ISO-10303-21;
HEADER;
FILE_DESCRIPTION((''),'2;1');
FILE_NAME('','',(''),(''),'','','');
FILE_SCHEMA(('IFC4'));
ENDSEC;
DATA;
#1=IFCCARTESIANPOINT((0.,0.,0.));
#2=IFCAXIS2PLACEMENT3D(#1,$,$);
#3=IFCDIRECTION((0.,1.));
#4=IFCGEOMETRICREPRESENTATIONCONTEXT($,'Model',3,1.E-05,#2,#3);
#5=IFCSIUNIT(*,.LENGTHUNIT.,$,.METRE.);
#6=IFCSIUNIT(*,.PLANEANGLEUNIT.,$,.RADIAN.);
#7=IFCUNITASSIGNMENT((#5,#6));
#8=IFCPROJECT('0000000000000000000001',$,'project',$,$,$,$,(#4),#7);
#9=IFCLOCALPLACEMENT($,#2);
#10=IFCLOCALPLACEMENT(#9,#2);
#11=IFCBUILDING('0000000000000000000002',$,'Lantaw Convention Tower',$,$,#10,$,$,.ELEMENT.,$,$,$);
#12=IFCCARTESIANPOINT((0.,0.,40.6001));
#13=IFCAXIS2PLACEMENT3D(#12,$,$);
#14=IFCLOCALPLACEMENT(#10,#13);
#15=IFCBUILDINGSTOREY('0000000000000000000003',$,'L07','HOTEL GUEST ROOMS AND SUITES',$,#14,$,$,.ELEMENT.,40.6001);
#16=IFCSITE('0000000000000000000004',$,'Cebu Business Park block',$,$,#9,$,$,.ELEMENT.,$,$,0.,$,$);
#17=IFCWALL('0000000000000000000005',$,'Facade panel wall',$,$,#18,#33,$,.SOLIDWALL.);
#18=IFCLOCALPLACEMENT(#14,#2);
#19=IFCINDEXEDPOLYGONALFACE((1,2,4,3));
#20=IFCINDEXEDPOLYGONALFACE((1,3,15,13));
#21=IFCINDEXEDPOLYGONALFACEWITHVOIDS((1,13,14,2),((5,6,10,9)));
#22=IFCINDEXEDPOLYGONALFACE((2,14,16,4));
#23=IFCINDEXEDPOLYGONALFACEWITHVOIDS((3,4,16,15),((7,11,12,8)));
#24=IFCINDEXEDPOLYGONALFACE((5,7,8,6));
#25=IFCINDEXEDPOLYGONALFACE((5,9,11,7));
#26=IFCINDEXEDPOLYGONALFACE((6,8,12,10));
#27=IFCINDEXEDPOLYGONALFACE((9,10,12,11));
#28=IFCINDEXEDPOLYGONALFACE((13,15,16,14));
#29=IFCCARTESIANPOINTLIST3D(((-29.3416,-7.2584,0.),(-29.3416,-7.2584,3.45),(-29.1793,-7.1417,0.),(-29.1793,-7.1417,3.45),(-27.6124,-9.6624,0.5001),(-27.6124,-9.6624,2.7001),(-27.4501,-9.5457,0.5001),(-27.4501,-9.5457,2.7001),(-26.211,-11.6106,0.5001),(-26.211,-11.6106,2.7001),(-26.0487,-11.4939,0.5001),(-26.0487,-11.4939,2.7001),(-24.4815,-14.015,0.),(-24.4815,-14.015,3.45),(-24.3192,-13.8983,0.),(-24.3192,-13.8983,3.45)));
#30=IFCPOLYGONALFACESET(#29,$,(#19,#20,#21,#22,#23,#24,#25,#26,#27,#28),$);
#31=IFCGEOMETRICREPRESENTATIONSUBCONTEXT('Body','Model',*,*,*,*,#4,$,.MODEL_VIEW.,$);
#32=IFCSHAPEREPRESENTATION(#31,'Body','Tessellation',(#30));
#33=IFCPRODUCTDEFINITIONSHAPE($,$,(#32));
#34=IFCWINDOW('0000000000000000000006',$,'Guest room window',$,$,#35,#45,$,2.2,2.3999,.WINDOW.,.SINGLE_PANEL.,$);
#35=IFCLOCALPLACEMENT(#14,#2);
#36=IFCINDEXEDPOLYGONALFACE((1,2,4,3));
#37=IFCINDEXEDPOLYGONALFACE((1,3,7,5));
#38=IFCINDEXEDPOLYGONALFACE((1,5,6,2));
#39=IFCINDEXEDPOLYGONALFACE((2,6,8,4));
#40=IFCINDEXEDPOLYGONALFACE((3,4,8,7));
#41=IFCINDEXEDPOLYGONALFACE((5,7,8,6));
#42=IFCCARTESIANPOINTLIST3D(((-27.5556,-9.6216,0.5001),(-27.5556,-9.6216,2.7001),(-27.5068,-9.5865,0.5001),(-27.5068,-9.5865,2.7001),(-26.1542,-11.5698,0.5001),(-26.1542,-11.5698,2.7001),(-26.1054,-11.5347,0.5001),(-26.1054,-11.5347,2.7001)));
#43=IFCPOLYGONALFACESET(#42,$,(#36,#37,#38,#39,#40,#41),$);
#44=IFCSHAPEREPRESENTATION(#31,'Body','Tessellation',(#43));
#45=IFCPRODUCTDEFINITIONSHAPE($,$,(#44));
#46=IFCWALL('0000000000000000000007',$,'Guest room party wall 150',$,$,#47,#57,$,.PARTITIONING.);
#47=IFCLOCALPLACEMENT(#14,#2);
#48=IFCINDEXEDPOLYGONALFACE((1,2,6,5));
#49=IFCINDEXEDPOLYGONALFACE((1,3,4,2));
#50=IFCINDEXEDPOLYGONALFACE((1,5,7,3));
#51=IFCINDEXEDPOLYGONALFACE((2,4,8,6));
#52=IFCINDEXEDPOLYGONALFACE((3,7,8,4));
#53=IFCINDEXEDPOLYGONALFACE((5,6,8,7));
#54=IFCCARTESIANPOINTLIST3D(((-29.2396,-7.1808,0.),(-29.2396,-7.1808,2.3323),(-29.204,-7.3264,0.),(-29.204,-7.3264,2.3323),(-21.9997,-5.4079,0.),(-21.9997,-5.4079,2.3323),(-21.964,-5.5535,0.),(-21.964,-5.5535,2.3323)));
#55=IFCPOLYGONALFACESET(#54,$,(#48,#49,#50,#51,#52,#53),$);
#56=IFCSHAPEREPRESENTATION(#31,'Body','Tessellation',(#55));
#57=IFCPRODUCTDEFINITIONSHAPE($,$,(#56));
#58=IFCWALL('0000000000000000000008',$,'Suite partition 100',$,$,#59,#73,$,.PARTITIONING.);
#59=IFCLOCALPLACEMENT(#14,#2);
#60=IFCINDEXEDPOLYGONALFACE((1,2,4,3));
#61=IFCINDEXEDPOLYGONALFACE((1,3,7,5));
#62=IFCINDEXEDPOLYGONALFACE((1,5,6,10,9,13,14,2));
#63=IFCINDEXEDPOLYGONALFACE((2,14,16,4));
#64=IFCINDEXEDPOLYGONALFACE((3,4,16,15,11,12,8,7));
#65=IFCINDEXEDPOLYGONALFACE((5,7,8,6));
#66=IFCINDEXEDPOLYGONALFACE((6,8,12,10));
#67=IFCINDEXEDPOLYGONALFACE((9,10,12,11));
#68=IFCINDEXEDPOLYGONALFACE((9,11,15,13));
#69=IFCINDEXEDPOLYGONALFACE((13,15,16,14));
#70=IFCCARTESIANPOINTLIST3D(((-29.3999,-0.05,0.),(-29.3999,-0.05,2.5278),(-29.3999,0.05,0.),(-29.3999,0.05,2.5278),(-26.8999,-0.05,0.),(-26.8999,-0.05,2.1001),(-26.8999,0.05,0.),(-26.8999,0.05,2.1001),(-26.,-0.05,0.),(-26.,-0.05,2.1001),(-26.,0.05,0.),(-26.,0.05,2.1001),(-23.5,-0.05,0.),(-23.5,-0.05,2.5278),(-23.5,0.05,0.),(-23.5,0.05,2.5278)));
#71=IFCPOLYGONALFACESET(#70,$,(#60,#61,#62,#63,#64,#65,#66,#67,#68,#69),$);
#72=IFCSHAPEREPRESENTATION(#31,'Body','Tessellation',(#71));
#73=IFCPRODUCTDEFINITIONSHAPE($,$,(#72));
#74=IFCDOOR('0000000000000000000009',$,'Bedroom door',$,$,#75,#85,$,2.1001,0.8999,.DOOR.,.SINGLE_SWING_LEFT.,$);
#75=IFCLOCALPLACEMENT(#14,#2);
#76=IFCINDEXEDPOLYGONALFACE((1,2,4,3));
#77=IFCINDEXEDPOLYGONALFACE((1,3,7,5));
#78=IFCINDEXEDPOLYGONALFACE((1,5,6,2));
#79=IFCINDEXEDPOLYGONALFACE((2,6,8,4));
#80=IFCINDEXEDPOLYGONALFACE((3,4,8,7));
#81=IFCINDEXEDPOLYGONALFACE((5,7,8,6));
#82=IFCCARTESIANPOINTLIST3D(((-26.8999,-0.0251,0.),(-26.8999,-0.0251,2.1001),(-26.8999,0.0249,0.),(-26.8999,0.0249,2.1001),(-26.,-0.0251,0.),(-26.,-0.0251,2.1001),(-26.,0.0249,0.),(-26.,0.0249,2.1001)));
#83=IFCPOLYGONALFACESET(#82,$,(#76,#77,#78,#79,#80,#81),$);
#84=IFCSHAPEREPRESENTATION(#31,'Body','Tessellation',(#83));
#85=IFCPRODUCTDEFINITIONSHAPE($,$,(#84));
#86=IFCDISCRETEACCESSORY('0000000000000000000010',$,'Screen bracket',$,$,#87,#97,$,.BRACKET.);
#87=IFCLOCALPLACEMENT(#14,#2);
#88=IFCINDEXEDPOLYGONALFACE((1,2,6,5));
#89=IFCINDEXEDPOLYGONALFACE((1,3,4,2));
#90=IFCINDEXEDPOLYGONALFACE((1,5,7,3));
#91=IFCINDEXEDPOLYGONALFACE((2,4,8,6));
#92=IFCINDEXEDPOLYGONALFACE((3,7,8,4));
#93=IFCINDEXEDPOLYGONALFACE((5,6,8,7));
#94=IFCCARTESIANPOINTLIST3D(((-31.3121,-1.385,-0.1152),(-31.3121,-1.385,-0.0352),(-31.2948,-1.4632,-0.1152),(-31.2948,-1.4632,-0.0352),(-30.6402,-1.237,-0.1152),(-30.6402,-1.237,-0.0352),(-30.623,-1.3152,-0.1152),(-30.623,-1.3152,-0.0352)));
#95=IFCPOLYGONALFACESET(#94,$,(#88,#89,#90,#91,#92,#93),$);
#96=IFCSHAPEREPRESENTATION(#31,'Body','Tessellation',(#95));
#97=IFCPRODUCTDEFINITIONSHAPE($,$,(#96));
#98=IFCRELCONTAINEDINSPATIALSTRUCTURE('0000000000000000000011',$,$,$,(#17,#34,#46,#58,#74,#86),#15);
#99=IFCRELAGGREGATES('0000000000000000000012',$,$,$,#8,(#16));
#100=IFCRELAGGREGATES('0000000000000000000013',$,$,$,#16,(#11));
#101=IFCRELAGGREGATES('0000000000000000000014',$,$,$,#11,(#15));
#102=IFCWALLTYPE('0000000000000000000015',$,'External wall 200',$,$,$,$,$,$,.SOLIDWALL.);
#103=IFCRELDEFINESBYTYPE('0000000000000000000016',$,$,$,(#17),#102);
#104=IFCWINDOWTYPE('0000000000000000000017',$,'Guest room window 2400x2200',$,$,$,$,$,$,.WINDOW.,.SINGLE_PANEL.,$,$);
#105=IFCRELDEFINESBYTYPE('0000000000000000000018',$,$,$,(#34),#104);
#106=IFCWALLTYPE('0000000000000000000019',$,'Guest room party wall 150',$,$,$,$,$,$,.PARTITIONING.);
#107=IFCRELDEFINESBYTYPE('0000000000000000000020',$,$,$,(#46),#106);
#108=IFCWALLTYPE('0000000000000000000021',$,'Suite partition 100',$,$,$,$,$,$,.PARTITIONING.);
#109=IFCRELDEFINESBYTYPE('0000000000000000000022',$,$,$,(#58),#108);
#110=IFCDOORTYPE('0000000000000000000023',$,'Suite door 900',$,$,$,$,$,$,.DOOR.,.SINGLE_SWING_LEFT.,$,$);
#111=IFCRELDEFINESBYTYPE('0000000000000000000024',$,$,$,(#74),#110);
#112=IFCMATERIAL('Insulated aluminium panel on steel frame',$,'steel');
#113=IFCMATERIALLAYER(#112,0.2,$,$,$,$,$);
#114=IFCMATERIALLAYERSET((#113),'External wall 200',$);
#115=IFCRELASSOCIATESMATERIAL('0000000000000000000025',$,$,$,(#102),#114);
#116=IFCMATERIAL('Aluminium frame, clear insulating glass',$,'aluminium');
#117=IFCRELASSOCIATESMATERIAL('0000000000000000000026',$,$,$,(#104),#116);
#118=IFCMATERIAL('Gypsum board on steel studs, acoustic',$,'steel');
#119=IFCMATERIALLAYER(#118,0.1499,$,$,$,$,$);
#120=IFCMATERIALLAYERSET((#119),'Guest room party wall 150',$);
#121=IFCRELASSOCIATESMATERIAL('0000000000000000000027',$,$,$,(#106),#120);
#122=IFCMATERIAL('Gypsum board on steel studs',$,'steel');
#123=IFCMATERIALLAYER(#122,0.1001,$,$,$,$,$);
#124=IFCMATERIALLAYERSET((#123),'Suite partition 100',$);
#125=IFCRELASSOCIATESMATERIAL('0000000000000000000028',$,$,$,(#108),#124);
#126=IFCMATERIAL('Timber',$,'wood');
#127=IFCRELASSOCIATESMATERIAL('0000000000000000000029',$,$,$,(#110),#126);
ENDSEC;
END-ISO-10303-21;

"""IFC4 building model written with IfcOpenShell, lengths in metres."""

from ifc_helpers import new_model, si_unit, direction, frame, frame_2d, origin, origin_2d, place, context, subcontext, project, spatial, rectangle, extrude, material, layer, layer_set, type_object, element, fill, save


model = new_model("IFC4")

# Units and contexts
model_context = context("Model", 3, precision=1e-05, world=origin(), true_north=direction((0.0, 1.0)))
body_context = subcontext(model_context, "Body", "Model", "MODEL_VIEW")
ifc_project = project(units=[si_unit("LENGTHUNIT", "METRE"), si_unit("PLANEANGLEUNIT", "RADIAN")], contexts=[model_context])

# Site, building, storey
site_placement = place(None, origin())
site = spatial("IfcSite", under=ifc_project, at=site_placement, Name="Cebu Business Park block", CompositionType="ELEMENT", RefElevation=0.0)
building_placement = place(site_placement, origin())
building = spatial("IfcBuilding", under=site, at=building_placement, Name="Lantaw Convention Tower", CompositionType="ELEMENT")
storey_placement = place(building_placement, frame((0.0, 0.0, 40.6001)))
storey = spatial("IfcBuildingStorey", under=building, at=storey_placement, Name="L07", Description="HOTEL GUEST ROOMS AND SUITES", CompositionType="ELEMENT", Elevation=40.6001)

# Shared definitions
ifc_material_1 = material(Name="Timber", Category="wood")

# Wall, opening, window
ifc_material_2 = material(Name="Insulated aluminium panel on steel frame", Category="steel")
ifc_layer_1 = layer(ifc_material_2, 0.2)
ifc_layer_set_1 = layer_set([ifc_layer_1], Name="External wall 200")
wall_type_1 = type_object("IfcWallType", Name="External wall 200", PredefinedType="SOLIDWALL", material=ifc_layer_set_1)
wall_1_placement = place(storey_placement, frame((-29.2605, -7.2, 0.0), z_axis=(0.0, 0.0, 1.0), x_axis=(0.583938, -0.811799, 0.0)))
wall_1 = element("IfcWall", 1, at=wall_1_placement, inside=storey, type_object=wall_type_1, Name="Facade panel wall", PredefinedType="SOLIDWALL", context=body_context, shape_type="SweptSolid", body=[
    extrude(rectangle(XDim=8.323, YDim=0.2, at=frame_2d((4.1616, 0.0))), origin(), (0.0, 0.0, 1.0), 3.45),
])
opening_1_placement = place(wall_1_placement, frame((2.9614, 0.0, 0.5)))
opening_1 = element("IfcOpeningElement", 2, at=opening_1_placement, cuts=wall_1, PredefinedType="OPENING", context=body_context, shape_type="SweptSolid", body=[
    extrude(rectangle(XDim=2.3999, YDim=2.2, at=frame_2d((1.2, 1.1001))), frame((0.0, 0.1099, 0.0), z_axis=(0.0, -1.0, 0.0), x_axis=(1.0, 0.0, 0.0)), (0.0, 0.0, 1.0), 0.22),
])
ifc_material_3 = material(Name="Aluminium frame, clear insulating glass", Category="aluminium")
window_type = type_object("IfcWindowType", Name="Guest room window 2400x2200", PartitioningType="SINGLE_PANEL", PredefinedType="WINDOW", material=ifc_material_3)
window_placement = place(opening_1_placement, origin())
window = element("IfcWindow", 3, at=window_placement, inside=storey, type_object=window_type, Name="Guest room window", OverallHeight=2.2, OverallWidth=2.3999, PartitioningType="SINGLE_PANEL", PredefinedType="WINDOW", context=body_context, shape_type="SweptSolid", body=[
    extrude(rectangle(XDim=2.3999, YDim=2.2, at=frame_2d((1.2, 1.1001))), frame((0.0, 0.03, 0.0), z_axis=(0.0, -1.0, 0.0), x_axis=(1.0, 0.0, 0.0)), (0.0, 0.0, 1.0), 0.0601),
])
fill(opening_1, window)

# Wall
ifc_material_4 = material(Name="Gypsum board on steel studs, acoustic", Category="steel")
ifc_layer_2 = layer(ifc_material_4, 0.1499)
ifc_layer_set_2 = layer_set([ifc_layer_2], Name="Guest room party wall 150")
wall_type_2 = type_object("IfcWallType", Name="Guest room party wall 150", PredefinedType="PARTITIONING", material=ifc_layer_set_2)
wall_2_placement = place(storey_placement, frame((-29.2219, -7.2537, 0.0), z_axis=(0.0, 0.0, 1.0), x_axis=(0.971301, 0.237855, 0.0)))
element("IfcWall", 4, at=wall_2_placement, inside=storey, type_object=wall_type_2, Name="Guest room party wall 150", PredefinedType="PARTITIONING", context=body_context, shape_type="SweptSolid", body=[
    extrude(rectangle(XDim=7.4539, YDim=0.1499, at=frame_2d((3.7271, 0.0))), origin(), (0.0, 0.0, 1.0), 2.3323),
])

# Wall, opening, door
ifc_material_5 = material(Name="Gypsum board on steel studs", Category="steel")
ifc_layer_3 = layer(ifc_material_5, 0.1001)
ifc_layer_set_3 = layer_set([ifc_layer_3], Name="Suite partition 100")
wall_type_3 = type_object("IfcWallType", Name="Suite partition 100", PredefinedType="PARTITIONING", material=ifc_layer_set_3)
wall_3_placement = place(storey_placement, frame((-29.3999, 0.0, 0.0), z_axis=(0.0, 0.0, 1.0), x_axis=(1.0, 0.0, 0.0)))
wall_3 = element("IfcWall", 5, at=wall_3_placement, inside=storey, type_object=wall_type_3, Name="Suite partition 100", PredefinedType="PARTITIONING", context=body_context, shape_type="SweptSolid", body=[
    extrude(rectangle(XDim=5.8999, YDim=0.1001, at=frame_2d((2.95, 0.0))), origin(), (0.0, 0.0, 1.0), 2.5278),
])
opening_2_placement = place(wall_3_placement, frame((2.5, 0.0, 0.0)))
opening_2 = element("IfcOpeningElement", 6, at=opening_2_placement, cuts=wall_3, PredefinedType="OPENING", context=body_context, shape_type="SweptSolid", body=[
    extrude(rectangle(XDim=0.8999, YDim=2.1001, at=frame_2d((0.45, 1.05))), frame((0.0, 0.0601, 0.0), z_axis=(0.0, -1.0, 0.0), x_axis=(1.0, 0.0, 0.0)), (0.0, 0.0, 1.0), 0.1201),
])
door_type_1 = type_object("IfcDoorType", Name="Suite door 900", OperationType="SINGLE_SWING_LEFT", PredefinedType="DOOR", material=ifc_material_1)
door_1_placement = place(opening_2_placement, origin())
door_1 = element("IfcDoor", 7, at=door_1_placement, inside=storey, type_object=door_type_1, Name="Bedroom door", OperationType="SINGLE_SWING_LEFT", OverallHeight=2.1001, OverallWidth=0.8999, PredefinedType="DOOR", context=body_context, shape_type="SweptSolid", body=[
    extrude(rectangle(XDim=0.8999, YDim=2.1001, at=frame_2d((0.45, 1.05))), frame((0.0, 0.0249, 0.0), z_axis=(0.0, -1.0, 0.0), x_axis=(1.0, 0.0, 0.0)), (0.0, 0.0, 1.0), 0.05),
])
fill(opening_2, door_1)

# Discrete accessory
discrete_accessory_placement = place(storey_placement, frame((-30.9675, -1.3501, -0.1152), z_axis=(0.0, 0.0, 1.0), x_axis=(0.215246, -0.97656, 0.0)))
element("IfcDiscreteAccessory", 8, at=discrete_accessory_placement, inside=storey, Name="Screen bracket", PredefinedType="BRACKET", context=body_context, shape_type="SweptSolid", body=[
    extrude(rectangle(XDim=0.0801, YDim=0.688, at=origin_2d()), origin(), (0.0, 0.0, 1.0), 0.0801),
])

save(model, "model.ifc")
